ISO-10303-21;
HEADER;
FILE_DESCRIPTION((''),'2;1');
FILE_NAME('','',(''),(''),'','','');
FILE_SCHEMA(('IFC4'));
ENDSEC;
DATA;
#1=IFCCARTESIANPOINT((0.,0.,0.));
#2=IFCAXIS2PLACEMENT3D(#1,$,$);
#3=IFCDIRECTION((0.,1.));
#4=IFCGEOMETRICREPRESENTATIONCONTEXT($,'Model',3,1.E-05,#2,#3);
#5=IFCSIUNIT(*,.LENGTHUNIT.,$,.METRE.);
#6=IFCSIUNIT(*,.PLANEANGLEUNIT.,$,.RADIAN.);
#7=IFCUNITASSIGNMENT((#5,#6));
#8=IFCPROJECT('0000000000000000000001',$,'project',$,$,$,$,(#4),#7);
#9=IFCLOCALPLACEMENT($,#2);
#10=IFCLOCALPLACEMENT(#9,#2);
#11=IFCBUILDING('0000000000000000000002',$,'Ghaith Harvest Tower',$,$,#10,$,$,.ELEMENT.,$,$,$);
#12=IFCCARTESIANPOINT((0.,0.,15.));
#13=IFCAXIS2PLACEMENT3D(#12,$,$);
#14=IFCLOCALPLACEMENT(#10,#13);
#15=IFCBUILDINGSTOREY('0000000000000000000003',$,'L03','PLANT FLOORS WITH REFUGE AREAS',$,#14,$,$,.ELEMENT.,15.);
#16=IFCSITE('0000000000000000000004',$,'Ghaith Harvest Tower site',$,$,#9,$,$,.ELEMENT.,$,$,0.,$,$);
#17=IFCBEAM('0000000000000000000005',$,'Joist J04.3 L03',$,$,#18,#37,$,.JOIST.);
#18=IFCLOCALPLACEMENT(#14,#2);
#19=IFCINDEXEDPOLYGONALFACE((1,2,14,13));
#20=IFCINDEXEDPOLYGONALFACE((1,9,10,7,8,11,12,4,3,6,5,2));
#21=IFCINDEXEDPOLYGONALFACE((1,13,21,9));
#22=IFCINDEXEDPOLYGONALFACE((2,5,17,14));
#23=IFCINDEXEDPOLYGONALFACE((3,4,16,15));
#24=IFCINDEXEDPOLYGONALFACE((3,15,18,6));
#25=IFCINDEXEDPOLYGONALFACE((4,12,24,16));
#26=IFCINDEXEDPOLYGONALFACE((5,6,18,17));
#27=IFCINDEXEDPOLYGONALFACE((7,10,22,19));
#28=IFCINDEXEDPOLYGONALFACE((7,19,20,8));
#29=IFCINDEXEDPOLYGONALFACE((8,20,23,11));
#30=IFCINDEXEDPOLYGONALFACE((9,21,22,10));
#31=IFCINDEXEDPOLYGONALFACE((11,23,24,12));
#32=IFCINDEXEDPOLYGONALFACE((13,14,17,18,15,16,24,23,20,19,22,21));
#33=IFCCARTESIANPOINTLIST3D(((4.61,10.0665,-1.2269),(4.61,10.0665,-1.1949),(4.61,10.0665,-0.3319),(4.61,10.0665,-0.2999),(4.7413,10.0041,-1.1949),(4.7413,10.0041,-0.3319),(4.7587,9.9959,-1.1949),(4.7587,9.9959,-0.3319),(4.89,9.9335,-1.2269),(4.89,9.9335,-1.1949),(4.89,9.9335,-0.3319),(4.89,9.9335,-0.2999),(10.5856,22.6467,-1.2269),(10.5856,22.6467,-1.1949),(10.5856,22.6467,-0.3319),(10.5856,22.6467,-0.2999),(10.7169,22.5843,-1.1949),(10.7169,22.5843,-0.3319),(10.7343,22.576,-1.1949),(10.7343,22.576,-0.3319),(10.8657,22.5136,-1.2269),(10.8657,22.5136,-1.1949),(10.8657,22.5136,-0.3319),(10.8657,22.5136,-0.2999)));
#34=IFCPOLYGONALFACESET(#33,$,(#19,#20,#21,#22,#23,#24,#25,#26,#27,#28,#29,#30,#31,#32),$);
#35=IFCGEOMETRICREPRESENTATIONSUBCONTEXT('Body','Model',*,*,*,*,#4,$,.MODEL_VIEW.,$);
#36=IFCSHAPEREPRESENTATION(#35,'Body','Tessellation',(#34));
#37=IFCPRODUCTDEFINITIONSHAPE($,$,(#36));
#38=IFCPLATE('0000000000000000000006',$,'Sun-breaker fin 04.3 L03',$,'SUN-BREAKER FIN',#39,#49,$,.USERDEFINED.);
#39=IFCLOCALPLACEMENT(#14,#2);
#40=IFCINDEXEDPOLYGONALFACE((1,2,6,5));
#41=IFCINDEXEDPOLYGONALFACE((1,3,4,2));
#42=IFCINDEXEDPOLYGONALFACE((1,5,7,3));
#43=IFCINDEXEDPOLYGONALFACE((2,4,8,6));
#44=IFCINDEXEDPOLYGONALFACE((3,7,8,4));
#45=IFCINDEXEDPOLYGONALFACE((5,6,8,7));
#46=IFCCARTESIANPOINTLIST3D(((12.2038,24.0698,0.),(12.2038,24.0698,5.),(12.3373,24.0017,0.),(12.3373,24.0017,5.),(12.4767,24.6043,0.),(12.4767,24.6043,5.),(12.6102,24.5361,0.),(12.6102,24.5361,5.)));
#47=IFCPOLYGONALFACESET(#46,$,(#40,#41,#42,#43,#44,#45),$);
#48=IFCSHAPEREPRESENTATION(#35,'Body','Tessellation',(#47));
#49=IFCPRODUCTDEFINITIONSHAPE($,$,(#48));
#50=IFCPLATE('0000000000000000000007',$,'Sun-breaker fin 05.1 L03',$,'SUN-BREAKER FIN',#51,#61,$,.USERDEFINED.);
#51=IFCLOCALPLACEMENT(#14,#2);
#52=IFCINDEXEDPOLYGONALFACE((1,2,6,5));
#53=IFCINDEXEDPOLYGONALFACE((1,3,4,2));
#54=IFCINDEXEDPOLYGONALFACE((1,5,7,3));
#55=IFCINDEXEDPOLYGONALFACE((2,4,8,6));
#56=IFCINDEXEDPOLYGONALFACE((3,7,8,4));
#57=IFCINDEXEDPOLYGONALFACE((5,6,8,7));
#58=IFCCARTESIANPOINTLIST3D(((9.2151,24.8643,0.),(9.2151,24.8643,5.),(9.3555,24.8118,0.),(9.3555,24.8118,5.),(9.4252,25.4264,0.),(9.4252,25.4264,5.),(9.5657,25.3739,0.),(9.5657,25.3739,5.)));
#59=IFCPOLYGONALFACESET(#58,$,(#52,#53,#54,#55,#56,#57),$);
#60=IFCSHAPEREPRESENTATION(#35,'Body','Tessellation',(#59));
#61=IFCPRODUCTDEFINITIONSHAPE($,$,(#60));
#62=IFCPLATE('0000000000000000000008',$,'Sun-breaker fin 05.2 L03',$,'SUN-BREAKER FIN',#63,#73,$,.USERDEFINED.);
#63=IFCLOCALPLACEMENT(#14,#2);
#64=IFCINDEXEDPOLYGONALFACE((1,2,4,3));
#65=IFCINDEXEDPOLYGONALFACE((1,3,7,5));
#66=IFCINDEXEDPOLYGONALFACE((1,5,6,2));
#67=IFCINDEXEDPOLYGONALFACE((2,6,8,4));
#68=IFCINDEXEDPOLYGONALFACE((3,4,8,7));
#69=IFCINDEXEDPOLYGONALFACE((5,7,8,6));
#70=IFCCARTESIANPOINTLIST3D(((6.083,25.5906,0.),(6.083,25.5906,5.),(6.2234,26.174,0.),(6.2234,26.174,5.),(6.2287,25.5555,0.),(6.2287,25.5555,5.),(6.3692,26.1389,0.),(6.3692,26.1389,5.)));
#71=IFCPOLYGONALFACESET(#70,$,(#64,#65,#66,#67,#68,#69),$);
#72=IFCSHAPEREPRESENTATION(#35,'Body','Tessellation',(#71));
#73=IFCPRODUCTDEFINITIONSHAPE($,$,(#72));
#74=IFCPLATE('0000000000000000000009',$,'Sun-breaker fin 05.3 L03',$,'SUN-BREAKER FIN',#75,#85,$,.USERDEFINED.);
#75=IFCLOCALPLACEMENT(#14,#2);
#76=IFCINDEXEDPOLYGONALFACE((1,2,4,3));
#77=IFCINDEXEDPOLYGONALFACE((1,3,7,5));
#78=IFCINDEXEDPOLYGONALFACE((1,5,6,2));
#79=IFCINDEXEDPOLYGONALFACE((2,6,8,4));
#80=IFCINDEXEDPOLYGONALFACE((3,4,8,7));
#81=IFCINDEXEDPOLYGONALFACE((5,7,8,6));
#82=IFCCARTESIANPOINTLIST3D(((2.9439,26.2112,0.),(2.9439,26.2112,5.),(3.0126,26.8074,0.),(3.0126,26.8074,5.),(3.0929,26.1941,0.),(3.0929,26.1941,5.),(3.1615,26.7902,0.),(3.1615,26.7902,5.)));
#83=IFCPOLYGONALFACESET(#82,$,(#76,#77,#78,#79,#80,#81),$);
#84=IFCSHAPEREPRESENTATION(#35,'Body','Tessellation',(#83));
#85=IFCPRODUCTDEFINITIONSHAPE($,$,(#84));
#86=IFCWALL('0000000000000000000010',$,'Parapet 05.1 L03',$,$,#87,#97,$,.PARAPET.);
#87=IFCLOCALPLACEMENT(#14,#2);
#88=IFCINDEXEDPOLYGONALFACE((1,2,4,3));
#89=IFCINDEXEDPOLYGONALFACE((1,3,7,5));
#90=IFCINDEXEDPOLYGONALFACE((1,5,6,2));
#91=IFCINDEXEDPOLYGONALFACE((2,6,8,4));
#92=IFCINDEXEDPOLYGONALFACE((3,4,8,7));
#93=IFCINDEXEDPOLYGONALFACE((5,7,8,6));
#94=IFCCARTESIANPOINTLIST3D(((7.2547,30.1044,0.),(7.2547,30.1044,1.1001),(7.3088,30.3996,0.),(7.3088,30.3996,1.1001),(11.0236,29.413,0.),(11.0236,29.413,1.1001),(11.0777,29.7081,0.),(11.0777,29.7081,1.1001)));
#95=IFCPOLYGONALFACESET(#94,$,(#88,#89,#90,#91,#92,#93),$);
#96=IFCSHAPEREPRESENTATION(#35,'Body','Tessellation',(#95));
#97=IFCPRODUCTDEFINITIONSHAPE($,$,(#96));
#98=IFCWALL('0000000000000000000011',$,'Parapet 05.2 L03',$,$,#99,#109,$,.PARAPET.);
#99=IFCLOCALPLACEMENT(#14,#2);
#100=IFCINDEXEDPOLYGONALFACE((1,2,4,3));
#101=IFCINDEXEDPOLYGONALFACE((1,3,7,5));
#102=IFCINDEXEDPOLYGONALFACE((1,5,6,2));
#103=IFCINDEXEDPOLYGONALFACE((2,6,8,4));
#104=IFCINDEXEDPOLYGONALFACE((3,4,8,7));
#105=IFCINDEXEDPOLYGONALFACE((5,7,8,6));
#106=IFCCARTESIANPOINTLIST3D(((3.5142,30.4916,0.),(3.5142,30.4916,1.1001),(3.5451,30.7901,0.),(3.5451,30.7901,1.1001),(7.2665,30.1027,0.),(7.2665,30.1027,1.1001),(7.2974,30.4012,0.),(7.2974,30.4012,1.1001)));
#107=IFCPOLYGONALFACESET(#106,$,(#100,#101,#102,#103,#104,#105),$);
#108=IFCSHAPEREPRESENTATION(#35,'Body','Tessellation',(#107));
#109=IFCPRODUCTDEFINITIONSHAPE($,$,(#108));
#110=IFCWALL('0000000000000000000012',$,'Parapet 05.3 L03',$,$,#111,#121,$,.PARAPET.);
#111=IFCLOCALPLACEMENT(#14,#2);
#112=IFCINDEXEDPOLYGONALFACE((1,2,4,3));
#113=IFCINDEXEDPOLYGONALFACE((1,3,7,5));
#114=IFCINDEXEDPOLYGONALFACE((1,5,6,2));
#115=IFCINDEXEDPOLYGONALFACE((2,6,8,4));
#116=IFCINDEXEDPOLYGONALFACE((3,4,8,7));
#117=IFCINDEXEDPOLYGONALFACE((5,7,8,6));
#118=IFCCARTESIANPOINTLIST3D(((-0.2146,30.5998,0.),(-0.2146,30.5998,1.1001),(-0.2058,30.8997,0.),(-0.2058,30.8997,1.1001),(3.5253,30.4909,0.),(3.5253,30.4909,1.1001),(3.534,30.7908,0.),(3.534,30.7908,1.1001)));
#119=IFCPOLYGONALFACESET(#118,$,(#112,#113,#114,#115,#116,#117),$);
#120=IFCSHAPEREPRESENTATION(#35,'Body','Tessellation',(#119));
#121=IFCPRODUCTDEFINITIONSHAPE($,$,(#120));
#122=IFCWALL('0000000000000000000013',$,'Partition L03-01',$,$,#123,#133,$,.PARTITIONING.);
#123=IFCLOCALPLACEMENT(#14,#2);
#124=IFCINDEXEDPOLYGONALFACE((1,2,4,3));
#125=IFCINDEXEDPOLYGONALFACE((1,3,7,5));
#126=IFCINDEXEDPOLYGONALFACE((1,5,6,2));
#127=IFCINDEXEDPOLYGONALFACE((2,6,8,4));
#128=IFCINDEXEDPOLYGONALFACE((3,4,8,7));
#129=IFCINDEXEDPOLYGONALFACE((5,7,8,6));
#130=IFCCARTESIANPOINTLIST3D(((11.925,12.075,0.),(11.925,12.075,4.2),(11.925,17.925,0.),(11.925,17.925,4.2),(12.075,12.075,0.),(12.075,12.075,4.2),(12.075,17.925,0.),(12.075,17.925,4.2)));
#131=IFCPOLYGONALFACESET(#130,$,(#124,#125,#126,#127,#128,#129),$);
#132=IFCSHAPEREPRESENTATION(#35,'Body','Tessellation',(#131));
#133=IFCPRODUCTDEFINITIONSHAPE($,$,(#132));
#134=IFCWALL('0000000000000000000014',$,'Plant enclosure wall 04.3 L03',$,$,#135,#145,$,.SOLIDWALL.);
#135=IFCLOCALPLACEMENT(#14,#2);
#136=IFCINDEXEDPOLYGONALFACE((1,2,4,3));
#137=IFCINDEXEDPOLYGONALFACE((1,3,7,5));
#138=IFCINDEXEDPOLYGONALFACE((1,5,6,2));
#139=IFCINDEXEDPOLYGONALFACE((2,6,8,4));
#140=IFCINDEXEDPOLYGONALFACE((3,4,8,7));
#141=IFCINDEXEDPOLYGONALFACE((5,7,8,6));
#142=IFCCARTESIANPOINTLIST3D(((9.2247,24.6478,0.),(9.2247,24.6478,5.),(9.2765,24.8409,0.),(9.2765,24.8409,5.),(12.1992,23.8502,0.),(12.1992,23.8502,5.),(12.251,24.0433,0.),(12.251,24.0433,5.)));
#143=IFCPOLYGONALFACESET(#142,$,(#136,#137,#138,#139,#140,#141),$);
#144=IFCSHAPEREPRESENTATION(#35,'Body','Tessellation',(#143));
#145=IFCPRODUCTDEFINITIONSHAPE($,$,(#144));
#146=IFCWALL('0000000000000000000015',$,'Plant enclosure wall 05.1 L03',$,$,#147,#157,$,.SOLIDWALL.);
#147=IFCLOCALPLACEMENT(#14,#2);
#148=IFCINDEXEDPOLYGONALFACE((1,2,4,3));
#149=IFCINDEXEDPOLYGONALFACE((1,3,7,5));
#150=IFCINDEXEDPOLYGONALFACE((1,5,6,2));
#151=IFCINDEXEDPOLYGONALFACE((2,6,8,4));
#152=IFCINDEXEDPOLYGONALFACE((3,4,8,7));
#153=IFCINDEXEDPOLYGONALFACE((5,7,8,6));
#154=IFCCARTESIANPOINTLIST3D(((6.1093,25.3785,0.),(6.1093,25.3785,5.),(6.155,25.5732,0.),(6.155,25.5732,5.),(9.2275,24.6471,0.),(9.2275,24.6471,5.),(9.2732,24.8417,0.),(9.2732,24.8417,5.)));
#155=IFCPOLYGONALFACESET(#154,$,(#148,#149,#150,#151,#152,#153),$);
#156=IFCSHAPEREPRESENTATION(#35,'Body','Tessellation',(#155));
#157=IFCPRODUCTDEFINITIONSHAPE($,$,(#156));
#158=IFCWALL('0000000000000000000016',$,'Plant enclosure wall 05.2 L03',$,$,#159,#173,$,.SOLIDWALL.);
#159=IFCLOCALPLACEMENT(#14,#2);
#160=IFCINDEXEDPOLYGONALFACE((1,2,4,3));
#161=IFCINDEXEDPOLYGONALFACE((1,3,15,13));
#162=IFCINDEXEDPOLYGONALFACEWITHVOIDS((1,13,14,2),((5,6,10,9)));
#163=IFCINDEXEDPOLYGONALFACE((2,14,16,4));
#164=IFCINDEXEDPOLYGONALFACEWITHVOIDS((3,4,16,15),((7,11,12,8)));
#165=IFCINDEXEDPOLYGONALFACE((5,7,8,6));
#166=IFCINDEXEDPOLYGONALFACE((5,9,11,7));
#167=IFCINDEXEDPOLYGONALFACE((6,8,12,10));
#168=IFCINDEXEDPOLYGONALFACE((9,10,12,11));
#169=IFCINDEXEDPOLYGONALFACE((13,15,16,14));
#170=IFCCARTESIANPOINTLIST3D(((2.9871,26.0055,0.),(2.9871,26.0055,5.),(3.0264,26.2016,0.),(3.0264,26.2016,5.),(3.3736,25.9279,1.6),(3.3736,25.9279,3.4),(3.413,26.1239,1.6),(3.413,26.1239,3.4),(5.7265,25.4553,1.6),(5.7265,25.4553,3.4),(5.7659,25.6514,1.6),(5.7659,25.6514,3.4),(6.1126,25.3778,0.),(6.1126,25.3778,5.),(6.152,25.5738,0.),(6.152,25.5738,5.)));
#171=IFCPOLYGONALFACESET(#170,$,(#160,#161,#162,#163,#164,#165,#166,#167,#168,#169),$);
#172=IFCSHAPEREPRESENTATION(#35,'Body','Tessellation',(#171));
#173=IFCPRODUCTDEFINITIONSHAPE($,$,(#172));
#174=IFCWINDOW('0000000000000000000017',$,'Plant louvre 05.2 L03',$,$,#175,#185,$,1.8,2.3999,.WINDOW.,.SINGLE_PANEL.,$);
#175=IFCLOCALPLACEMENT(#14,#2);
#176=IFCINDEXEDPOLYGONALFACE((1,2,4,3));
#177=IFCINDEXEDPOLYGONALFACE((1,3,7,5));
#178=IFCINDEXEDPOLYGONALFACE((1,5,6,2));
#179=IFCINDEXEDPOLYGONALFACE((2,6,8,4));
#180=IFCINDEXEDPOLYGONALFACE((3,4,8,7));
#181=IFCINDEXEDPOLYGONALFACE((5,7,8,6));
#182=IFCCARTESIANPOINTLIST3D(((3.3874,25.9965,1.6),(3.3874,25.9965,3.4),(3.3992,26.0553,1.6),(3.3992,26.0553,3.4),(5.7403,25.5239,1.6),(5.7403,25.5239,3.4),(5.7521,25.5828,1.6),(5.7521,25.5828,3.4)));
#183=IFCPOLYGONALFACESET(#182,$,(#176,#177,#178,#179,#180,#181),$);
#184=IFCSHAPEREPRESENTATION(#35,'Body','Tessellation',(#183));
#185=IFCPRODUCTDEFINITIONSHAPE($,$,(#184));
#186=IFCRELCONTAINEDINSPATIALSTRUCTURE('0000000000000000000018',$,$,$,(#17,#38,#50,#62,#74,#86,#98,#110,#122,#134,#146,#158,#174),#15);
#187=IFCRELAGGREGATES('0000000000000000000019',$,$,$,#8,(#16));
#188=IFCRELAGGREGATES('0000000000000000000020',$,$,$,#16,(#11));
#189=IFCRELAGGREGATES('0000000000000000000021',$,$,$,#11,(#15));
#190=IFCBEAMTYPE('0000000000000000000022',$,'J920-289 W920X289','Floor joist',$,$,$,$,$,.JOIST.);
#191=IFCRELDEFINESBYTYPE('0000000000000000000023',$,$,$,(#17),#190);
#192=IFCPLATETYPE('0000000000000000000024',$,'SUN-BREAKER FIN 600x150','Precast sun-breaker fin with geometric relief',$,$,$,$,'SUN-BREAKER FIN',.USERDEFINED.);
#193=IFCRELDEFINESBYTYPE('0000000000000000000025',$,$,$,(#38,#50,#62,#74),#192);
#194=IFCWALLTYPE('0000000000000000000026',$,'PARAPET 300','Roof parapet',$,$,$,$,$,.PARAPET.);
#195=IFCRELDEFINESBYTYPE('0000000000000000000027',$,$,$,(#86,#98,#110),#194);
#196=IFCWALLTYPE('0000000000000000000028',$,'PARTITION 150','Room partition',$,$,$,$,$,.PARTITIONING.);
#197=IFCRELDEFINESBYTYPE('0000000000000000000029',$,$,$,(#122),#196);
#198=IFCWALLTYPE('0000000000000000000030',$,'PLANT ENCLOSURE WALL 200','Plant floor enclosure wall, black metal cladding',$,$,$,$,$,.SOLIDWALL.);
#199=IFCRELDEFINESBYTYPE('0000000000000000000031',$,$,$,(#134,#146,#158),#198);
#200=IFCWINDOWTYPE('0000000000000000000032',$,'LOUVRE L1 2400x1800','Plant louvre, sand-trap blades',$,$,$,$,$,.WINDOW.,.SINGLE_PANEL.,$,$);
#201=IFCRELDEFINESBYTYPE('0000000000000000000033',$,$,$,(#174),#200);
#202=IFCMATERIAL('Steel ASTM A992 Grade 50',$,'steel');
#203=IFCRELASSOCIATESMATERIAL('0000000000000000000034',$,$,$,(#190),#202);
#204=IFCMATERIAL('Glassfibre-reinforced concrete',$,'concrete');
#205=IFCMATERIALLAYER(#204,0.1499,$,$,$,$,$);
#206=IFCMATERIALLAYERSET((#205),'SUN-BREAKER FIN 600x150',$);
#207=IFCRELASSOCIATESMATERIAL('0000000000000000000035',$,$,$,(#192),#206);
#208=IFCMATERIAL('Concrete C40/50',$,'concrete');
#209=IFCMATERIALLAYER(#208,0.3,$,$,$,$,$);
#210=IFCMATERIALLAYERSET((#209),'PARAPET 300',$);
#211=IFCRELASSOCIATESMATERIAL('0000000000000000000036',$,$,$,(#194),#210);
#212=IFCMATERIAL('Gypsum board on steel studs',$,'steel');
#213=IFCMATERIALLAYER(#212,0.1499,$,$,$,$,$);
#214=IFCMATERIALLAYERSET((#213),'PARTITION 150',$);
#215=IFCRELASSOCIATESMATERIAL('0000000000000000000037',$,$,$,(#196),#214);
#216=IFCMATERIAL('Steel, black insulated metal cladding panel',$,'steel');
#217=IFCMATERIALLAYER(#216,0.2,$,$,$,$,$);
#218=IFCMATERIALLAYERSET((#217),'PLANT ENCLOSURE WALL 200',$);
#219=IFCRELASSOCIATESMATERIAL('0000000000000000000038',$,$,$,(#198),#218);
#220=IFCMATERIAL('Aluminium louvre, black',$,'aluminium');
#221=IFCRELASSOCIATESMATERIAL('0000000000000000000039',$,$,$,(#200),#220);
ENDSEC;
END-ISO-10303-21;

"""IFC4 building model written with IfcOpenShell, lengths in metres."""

from ifc_helpers import new_model, si_unit, direction, frame, frame_2d, origin, origin_2d, place, context, subcontext, project, spatial, rectangle, i_section, extrude, material, layer, layer_set, material_profile, profile_set, type_object, element, fill, save


model = new_model("IFC4")

# Units and contexts
model_context = context("Model", 3, precision=1e-05, world=origin(), true_north=direction((0.0, 1.0)))
body_context = subcontext(model_context, "Body", "Model", "MODEL_VIEW")
ifc_project = project(units=[si_unit("LENGTHUNIT", "METRE"), si_unit("PLANEANGLEUNIT", "RADIAN")], contexts=[model_context])

# Site, building, storey
site_placement = place(None, origin())
site = spatial("IfcSite", under=ifc_project, at=site_placement, Name="Ghaith Harvest Tower site", CompositionType="ELEMENT", RefElevation=0.0)
building_placement = place(site_placement, origin())
building = spatial("IfcBuilding", under=site, at=building_placement, Name="Ghaith Harvest Tower", CompositionType="ELEMENT")
storey_placement = place(building_placement, frame((0.0, 0.0, 15.0)))
storey = spatial("IfcBuildingStorey", under=building, at=storey_placement, Name="L03", Description="PLANT FLOORS WITH REFUGE AREAS", CompositionType="ELEMENT", Elevation=15.0)

# Beam
ifc_material_1 = material(Name="Steel ASTM A992 Grade 50", Category="steel")
ifc_material_profile_1 = material_profile(ifc_material_1, i_section(OverallWidth=0.3101, OverallDepth=0.927, WebThickness=0.0193, FlangeThickness=0.032, at=origin_2d()), Name="W920X289")
ifc_profile_set_1 = profile_set([ifc_material_profile_1], Name="Steel ASTM A992 Grade 50")
beam_type_1 = type_object("IfcBeamType", Name="J920-289 W920X289", Description="Floor joist", PredefinedType="JOIST", material=ifc_profile_set_1)
beam_1_placement = place(storey_placement, frame((4.75, 10.0, -0.7634), z_axis=(0.42906, 0.903276, 0.0), x_axis=(-0.903276, 0.42906, 0.0)))
element("IfcBeam", 1, at=beam_1_placement, inside=storey, type_object=beam_type_1, Name="Joist J04.3 L03", PredefinedType="JOIST", context=body_context, shape_type="SweptSolid", body=[
    extrude(i_section(OverallWidth=0.3101, OverallDepth=0.927, WebThickness=0.0193, FlangeThickness=0.032, at=origin_2d()), origin(), (0.0, 0.0, 1.0), 13.9272),
])

# Plates
ifc_material_2 = material(Name="Glassfibre-reinforced concrete", Category="concrete")
ifc_layer_1 = layer(ifc_material_2, 0.1499)
ifc_layer_set_1 = layer_set([ifc_layer_1], Name="SUN-BREAKER FIN 600x150")
plate_type = type_object("IfcPlateType", Name="SUN-BREAKER FIN 600x150", Description="Precast sun-breaker fin with geometric relief", ElementType="SUN-BREAKER FIN", PredefinedType="USERDEFINED", material=ifc_layer_set_1)
for number, where, z_axis, x_axis, name in (
    (2, (12.407, 24.303, 0.0), (0.0, 0.0, 1.0), (0.454691, 0.890649, 0.0), "Sun-breaker fin 04.3 L03"),
    (3, (9.3904, 25.1191, 0.0), (0.0, 0.0, 1.0), (0.350168, 0.936687, 0.0), "Sun-breaker fin 05.1 L03"),
    (4, (6.2261, 25.8647, 0.0), (0.0, 0.0, 1.0), (0.234028, 0.97223, 0.0), "Sun-breaker fin 05.2 L03"),
    (5, (3.0527, 26.5007, 0.0), (0.0, 0.0, 1.0), (0.114436, 0.993431, 0.0), "Sun-breaker fin 05.3 L03"),
):
    element("IfcPlate", number, at=place(storey_placement, frame(where, z_axis=z_axis, x_axis=x_axis)), inside=storey, type_object=plate_type, Name=name, ObjectType="SUN-BREAKER FIN", PredefinedType="USERDEFINED", context=body_context, shape_type="SweptSolid", body=[
        extrude(rectangle(XDim=0.6001, YDim=0.1499, at=origin_2d()), origin(), (0.0, 0.0, 1.0), 5.0),
    ])

# Walls
ifc_material_3 = material(Name="Concrete C40/50", Category="concrete")
ifc_layer_2 = layer(ifc_material_3, 0.3)
ifc_layer_set_2 = layer_set([ifc_layer_2], Name="PARAPET 300")
wall_type_1 = type_object("IfcWallType", Name="PARAPET 300", Description="Roof parapet", PredefinedType="PARAPET", material=ifc_layer_set_2)
wall_1_placement = place(storey_placement, frame((11.0508, 29.5605, 0.0), z_axis=(0.0, 0.0, 1.0), x_axis=(-0.983585, 0.180444, 0.0)))
element("IfcWall", 6, at=wall_1_placement, inside=storey, type_object=wall_type_1, Name="Parapet 05.1 L03", PredefinedType="PARAPET", context=body_context, shape_type="SweptSolid", body=[
    extrude(rectangle(XDim=3.8318, YDim=0.3, at=frame_2d((1.916, 0.0))), origin(), (0.0, 0.0, 1.0), 1.1001),
])
wall_2_placement = place(storey_placement, frame((7.282, 30.252, 0.0), z_axis=(0.0, 0.0, 1.0), x_axis=(-0.994672, 0.103091, 0.0)))
element("IfcWall", 7, at=wall_2_placement, inside=storey, type_object=wall_type_1, Name="Parapet 05.2 L03", PredefinedType="PARAPET", context=body_context, shape_type="SweptSolid", body=[
    extrude(rectangle(XDim=3.7725, YDim=0.3, at=frame_2d((1.8862, 0.0))), origin(), (0.0, 0.0, 1.0), 1.1001),
])
wall_3_placement = place(storey_placement, frame((3.5295, 30.6409, 0.0), z_axis=(0.0, 0.0, 1.0), x_axis=(-0.999576, 0.029102, 0.0)))
element("IfcWall", 8, at=wall_3_placement, inside=storey, type_object=wall_type_1, Name="Parapet 05.3 L03", PredefinedType="PARAPET", context=body_context, shape_type="SweptSolid", body=[
    extrude(rectangle(XDim=3.7415, YDim=0.3, at=frame_2d((1.8706, 0.0))), origin(), (0.0, 0.0, 1.0), 1.1001),
])
ifc_material_4 = material(Name="Gypsum board on steel studs", Category="steel")
ifc_layer_3 = layer(ifc_material_4, 0.1499)
ifc_layer_set_3 = layer_set([ifc_layer_3], Name="PARTITION 150")
wall_type_2 = type_object("IfcWallType", Name="PARTITION 150", Description="Room partition", PredefinedType="PARTITIONING", material=ifc_layer_set_3)
wall_4_placement = place(storey_placement, frame((12.0, 12.075, 0.0), z_axis=(0.0, 0.0, 1.0), x_axis=(0.0, 1.0, 0.0)))
element("IfcWall", 9, at=wall_4_placement, inside=storey, type_object=wall_type_2, Name="Partition L03-01", PredefinedType="PARTITIONING", context=body_context, shape_type="SweptSolid", body=[
    extrude(rectangle(XDim=5.8501, YDim=0.1499, at=frame_2d((2.925, 0.0))), origin(), (0.0, 0.0, 1.0), 4.2),
])
ifc_material_5 = material(Name="Steel, black insulated metal cladding panel", Category="steel")
ifc_layer_4 = layer(ifc_material_5, 0.2)
ifc_layer_set_4 = layer_set([ifc_layer_4], Name="PLANT ENCLOSURE WALL 200")
wall_type_3 = type_object("IfcWallType", Name="PLANT ENCLOSURE WALL 200", Description="Plant floor enclosure wall, black metal cladding", PredefinedType="SOLIDWALL", material=ifc_layer_set_4)
wall_5_placement = place(storey_placement, frame((12.2251, 23.9468, 0.0), z_axis=(0.0, 0.0, 1.0), x_axis=(-0.96588, 0.25899, 0.0)))
element("IfcWall", 10, at=wall_5_placement, inside=storey, type_object=wall_type_3, Name="Plant enclosure wall 04.3 L03", PredefinedType="SOLIDWALL", context=body_context, shape_type="SweptSolid", body=[
    extrude(rectangle(XDim=3.0796, YDim=0.2, at=frame_2d((1.5398, 0.0))), origin(), (0.0, 0.0, 1.0), 5.0),
])
wall_6_placement = place(storey_placement, frame((9.2505, 24.7444, 0.0), z_axis=(0.0, 0.0, 1.0), x_axis=(-0.973573, 0.228376, 0.0)))
element("IfcWall", 11, at=wall_6_placement, inside=storey, type_object=wall_type_3, Name="Plant enclosure wall 05.1 L03", PredefinedType="SOLIDWALL", context=body_context, shape_type="SweptSolid", body=[
    extrude(rectangle(XDim=3.2029, YDim=0.2, at=frame_2d((1.6016, 0.0))), origin(), (0.0, 0.0, 1.0), 5.0),
])

# Wall, opening, window
wall_7_placement = place(storey_placement, frame((6.1323, 25.4758, 0.0), z_axis=(0.0, 0.0, 1.0), x_axis=(-0.980424, 0.196897, 0.0)))
wall_7 = element("IfcWall", 12, at=wall_7_placement, inside=storey, type_object=wall_type_3, Name="Plant enclosure wall 05.2 L03", PredefinedType="SOLIDWALL", context=body_context, shape_type="SweptSolid", body=[
    extrude(rectangle(XDim=3.188, YDim=0.2, at=frame_2d((1.594, 0.0))), origin(), (0.0, 0.0, 1.0), 5.0),
])
opening_placement = place(wall_7_placement, frame((0.3938, 0.0, 1.6001)))
opening = element("IfcOpeningElement", 13, at=opening_placement, cuts=wall_7, PredefinedType="OPENING", context=body_context, shape_type="SweptSolid", body=[
    extrude(rectangle(XDim=2.3999, YDim=1.8, at=frame_2d((1.2, 0.8999))), frame((0.0, 0.1099, 0.0), z_axis=(0.0, -1.0, 0.0), x_axis=(1.0, 0.0, 0.0)), (0.0, 0.0, 1.0), 0.22),
])
ifc_material_6 = material(Name="Aluminium louvre, black", Category="aluminium")
window_type = type_object("IfcWindowType", Name="LOUVRE L1 2400x1800", Description="Plant louvre, sand-trap blades", PartitioningType="SINGLE_PANEL", PredefinedType="WINDOW", material=ifc_material_6)
window_placement = place(opening_placement, origin())
window = element("IfcWindow", 14, at=window_placement, inside=storey, type_object=window_type, Name="Plant louvre 05.2 L03", OverallHeight=1.8, OverallWidth=2.3999, PartitioningType="SINGLE_PANEL", PredefinedType="WINDOW", context=body_context, shape_type="SweptSolid", body=[
    extrude(rectangle(XDim=2.3999, YDim=1.8, at=frame_2d((1.2, 0.8999))), frame((0.0, 0.03, 0.0), z_axis=(0.0, -1.0, 0.0), x_axis=(1.0, 0.0, 0.0)), (0.0, 0.0, 1.0), 0.0601),
])
fill(opening, window)

save(model, "model.ifc")
